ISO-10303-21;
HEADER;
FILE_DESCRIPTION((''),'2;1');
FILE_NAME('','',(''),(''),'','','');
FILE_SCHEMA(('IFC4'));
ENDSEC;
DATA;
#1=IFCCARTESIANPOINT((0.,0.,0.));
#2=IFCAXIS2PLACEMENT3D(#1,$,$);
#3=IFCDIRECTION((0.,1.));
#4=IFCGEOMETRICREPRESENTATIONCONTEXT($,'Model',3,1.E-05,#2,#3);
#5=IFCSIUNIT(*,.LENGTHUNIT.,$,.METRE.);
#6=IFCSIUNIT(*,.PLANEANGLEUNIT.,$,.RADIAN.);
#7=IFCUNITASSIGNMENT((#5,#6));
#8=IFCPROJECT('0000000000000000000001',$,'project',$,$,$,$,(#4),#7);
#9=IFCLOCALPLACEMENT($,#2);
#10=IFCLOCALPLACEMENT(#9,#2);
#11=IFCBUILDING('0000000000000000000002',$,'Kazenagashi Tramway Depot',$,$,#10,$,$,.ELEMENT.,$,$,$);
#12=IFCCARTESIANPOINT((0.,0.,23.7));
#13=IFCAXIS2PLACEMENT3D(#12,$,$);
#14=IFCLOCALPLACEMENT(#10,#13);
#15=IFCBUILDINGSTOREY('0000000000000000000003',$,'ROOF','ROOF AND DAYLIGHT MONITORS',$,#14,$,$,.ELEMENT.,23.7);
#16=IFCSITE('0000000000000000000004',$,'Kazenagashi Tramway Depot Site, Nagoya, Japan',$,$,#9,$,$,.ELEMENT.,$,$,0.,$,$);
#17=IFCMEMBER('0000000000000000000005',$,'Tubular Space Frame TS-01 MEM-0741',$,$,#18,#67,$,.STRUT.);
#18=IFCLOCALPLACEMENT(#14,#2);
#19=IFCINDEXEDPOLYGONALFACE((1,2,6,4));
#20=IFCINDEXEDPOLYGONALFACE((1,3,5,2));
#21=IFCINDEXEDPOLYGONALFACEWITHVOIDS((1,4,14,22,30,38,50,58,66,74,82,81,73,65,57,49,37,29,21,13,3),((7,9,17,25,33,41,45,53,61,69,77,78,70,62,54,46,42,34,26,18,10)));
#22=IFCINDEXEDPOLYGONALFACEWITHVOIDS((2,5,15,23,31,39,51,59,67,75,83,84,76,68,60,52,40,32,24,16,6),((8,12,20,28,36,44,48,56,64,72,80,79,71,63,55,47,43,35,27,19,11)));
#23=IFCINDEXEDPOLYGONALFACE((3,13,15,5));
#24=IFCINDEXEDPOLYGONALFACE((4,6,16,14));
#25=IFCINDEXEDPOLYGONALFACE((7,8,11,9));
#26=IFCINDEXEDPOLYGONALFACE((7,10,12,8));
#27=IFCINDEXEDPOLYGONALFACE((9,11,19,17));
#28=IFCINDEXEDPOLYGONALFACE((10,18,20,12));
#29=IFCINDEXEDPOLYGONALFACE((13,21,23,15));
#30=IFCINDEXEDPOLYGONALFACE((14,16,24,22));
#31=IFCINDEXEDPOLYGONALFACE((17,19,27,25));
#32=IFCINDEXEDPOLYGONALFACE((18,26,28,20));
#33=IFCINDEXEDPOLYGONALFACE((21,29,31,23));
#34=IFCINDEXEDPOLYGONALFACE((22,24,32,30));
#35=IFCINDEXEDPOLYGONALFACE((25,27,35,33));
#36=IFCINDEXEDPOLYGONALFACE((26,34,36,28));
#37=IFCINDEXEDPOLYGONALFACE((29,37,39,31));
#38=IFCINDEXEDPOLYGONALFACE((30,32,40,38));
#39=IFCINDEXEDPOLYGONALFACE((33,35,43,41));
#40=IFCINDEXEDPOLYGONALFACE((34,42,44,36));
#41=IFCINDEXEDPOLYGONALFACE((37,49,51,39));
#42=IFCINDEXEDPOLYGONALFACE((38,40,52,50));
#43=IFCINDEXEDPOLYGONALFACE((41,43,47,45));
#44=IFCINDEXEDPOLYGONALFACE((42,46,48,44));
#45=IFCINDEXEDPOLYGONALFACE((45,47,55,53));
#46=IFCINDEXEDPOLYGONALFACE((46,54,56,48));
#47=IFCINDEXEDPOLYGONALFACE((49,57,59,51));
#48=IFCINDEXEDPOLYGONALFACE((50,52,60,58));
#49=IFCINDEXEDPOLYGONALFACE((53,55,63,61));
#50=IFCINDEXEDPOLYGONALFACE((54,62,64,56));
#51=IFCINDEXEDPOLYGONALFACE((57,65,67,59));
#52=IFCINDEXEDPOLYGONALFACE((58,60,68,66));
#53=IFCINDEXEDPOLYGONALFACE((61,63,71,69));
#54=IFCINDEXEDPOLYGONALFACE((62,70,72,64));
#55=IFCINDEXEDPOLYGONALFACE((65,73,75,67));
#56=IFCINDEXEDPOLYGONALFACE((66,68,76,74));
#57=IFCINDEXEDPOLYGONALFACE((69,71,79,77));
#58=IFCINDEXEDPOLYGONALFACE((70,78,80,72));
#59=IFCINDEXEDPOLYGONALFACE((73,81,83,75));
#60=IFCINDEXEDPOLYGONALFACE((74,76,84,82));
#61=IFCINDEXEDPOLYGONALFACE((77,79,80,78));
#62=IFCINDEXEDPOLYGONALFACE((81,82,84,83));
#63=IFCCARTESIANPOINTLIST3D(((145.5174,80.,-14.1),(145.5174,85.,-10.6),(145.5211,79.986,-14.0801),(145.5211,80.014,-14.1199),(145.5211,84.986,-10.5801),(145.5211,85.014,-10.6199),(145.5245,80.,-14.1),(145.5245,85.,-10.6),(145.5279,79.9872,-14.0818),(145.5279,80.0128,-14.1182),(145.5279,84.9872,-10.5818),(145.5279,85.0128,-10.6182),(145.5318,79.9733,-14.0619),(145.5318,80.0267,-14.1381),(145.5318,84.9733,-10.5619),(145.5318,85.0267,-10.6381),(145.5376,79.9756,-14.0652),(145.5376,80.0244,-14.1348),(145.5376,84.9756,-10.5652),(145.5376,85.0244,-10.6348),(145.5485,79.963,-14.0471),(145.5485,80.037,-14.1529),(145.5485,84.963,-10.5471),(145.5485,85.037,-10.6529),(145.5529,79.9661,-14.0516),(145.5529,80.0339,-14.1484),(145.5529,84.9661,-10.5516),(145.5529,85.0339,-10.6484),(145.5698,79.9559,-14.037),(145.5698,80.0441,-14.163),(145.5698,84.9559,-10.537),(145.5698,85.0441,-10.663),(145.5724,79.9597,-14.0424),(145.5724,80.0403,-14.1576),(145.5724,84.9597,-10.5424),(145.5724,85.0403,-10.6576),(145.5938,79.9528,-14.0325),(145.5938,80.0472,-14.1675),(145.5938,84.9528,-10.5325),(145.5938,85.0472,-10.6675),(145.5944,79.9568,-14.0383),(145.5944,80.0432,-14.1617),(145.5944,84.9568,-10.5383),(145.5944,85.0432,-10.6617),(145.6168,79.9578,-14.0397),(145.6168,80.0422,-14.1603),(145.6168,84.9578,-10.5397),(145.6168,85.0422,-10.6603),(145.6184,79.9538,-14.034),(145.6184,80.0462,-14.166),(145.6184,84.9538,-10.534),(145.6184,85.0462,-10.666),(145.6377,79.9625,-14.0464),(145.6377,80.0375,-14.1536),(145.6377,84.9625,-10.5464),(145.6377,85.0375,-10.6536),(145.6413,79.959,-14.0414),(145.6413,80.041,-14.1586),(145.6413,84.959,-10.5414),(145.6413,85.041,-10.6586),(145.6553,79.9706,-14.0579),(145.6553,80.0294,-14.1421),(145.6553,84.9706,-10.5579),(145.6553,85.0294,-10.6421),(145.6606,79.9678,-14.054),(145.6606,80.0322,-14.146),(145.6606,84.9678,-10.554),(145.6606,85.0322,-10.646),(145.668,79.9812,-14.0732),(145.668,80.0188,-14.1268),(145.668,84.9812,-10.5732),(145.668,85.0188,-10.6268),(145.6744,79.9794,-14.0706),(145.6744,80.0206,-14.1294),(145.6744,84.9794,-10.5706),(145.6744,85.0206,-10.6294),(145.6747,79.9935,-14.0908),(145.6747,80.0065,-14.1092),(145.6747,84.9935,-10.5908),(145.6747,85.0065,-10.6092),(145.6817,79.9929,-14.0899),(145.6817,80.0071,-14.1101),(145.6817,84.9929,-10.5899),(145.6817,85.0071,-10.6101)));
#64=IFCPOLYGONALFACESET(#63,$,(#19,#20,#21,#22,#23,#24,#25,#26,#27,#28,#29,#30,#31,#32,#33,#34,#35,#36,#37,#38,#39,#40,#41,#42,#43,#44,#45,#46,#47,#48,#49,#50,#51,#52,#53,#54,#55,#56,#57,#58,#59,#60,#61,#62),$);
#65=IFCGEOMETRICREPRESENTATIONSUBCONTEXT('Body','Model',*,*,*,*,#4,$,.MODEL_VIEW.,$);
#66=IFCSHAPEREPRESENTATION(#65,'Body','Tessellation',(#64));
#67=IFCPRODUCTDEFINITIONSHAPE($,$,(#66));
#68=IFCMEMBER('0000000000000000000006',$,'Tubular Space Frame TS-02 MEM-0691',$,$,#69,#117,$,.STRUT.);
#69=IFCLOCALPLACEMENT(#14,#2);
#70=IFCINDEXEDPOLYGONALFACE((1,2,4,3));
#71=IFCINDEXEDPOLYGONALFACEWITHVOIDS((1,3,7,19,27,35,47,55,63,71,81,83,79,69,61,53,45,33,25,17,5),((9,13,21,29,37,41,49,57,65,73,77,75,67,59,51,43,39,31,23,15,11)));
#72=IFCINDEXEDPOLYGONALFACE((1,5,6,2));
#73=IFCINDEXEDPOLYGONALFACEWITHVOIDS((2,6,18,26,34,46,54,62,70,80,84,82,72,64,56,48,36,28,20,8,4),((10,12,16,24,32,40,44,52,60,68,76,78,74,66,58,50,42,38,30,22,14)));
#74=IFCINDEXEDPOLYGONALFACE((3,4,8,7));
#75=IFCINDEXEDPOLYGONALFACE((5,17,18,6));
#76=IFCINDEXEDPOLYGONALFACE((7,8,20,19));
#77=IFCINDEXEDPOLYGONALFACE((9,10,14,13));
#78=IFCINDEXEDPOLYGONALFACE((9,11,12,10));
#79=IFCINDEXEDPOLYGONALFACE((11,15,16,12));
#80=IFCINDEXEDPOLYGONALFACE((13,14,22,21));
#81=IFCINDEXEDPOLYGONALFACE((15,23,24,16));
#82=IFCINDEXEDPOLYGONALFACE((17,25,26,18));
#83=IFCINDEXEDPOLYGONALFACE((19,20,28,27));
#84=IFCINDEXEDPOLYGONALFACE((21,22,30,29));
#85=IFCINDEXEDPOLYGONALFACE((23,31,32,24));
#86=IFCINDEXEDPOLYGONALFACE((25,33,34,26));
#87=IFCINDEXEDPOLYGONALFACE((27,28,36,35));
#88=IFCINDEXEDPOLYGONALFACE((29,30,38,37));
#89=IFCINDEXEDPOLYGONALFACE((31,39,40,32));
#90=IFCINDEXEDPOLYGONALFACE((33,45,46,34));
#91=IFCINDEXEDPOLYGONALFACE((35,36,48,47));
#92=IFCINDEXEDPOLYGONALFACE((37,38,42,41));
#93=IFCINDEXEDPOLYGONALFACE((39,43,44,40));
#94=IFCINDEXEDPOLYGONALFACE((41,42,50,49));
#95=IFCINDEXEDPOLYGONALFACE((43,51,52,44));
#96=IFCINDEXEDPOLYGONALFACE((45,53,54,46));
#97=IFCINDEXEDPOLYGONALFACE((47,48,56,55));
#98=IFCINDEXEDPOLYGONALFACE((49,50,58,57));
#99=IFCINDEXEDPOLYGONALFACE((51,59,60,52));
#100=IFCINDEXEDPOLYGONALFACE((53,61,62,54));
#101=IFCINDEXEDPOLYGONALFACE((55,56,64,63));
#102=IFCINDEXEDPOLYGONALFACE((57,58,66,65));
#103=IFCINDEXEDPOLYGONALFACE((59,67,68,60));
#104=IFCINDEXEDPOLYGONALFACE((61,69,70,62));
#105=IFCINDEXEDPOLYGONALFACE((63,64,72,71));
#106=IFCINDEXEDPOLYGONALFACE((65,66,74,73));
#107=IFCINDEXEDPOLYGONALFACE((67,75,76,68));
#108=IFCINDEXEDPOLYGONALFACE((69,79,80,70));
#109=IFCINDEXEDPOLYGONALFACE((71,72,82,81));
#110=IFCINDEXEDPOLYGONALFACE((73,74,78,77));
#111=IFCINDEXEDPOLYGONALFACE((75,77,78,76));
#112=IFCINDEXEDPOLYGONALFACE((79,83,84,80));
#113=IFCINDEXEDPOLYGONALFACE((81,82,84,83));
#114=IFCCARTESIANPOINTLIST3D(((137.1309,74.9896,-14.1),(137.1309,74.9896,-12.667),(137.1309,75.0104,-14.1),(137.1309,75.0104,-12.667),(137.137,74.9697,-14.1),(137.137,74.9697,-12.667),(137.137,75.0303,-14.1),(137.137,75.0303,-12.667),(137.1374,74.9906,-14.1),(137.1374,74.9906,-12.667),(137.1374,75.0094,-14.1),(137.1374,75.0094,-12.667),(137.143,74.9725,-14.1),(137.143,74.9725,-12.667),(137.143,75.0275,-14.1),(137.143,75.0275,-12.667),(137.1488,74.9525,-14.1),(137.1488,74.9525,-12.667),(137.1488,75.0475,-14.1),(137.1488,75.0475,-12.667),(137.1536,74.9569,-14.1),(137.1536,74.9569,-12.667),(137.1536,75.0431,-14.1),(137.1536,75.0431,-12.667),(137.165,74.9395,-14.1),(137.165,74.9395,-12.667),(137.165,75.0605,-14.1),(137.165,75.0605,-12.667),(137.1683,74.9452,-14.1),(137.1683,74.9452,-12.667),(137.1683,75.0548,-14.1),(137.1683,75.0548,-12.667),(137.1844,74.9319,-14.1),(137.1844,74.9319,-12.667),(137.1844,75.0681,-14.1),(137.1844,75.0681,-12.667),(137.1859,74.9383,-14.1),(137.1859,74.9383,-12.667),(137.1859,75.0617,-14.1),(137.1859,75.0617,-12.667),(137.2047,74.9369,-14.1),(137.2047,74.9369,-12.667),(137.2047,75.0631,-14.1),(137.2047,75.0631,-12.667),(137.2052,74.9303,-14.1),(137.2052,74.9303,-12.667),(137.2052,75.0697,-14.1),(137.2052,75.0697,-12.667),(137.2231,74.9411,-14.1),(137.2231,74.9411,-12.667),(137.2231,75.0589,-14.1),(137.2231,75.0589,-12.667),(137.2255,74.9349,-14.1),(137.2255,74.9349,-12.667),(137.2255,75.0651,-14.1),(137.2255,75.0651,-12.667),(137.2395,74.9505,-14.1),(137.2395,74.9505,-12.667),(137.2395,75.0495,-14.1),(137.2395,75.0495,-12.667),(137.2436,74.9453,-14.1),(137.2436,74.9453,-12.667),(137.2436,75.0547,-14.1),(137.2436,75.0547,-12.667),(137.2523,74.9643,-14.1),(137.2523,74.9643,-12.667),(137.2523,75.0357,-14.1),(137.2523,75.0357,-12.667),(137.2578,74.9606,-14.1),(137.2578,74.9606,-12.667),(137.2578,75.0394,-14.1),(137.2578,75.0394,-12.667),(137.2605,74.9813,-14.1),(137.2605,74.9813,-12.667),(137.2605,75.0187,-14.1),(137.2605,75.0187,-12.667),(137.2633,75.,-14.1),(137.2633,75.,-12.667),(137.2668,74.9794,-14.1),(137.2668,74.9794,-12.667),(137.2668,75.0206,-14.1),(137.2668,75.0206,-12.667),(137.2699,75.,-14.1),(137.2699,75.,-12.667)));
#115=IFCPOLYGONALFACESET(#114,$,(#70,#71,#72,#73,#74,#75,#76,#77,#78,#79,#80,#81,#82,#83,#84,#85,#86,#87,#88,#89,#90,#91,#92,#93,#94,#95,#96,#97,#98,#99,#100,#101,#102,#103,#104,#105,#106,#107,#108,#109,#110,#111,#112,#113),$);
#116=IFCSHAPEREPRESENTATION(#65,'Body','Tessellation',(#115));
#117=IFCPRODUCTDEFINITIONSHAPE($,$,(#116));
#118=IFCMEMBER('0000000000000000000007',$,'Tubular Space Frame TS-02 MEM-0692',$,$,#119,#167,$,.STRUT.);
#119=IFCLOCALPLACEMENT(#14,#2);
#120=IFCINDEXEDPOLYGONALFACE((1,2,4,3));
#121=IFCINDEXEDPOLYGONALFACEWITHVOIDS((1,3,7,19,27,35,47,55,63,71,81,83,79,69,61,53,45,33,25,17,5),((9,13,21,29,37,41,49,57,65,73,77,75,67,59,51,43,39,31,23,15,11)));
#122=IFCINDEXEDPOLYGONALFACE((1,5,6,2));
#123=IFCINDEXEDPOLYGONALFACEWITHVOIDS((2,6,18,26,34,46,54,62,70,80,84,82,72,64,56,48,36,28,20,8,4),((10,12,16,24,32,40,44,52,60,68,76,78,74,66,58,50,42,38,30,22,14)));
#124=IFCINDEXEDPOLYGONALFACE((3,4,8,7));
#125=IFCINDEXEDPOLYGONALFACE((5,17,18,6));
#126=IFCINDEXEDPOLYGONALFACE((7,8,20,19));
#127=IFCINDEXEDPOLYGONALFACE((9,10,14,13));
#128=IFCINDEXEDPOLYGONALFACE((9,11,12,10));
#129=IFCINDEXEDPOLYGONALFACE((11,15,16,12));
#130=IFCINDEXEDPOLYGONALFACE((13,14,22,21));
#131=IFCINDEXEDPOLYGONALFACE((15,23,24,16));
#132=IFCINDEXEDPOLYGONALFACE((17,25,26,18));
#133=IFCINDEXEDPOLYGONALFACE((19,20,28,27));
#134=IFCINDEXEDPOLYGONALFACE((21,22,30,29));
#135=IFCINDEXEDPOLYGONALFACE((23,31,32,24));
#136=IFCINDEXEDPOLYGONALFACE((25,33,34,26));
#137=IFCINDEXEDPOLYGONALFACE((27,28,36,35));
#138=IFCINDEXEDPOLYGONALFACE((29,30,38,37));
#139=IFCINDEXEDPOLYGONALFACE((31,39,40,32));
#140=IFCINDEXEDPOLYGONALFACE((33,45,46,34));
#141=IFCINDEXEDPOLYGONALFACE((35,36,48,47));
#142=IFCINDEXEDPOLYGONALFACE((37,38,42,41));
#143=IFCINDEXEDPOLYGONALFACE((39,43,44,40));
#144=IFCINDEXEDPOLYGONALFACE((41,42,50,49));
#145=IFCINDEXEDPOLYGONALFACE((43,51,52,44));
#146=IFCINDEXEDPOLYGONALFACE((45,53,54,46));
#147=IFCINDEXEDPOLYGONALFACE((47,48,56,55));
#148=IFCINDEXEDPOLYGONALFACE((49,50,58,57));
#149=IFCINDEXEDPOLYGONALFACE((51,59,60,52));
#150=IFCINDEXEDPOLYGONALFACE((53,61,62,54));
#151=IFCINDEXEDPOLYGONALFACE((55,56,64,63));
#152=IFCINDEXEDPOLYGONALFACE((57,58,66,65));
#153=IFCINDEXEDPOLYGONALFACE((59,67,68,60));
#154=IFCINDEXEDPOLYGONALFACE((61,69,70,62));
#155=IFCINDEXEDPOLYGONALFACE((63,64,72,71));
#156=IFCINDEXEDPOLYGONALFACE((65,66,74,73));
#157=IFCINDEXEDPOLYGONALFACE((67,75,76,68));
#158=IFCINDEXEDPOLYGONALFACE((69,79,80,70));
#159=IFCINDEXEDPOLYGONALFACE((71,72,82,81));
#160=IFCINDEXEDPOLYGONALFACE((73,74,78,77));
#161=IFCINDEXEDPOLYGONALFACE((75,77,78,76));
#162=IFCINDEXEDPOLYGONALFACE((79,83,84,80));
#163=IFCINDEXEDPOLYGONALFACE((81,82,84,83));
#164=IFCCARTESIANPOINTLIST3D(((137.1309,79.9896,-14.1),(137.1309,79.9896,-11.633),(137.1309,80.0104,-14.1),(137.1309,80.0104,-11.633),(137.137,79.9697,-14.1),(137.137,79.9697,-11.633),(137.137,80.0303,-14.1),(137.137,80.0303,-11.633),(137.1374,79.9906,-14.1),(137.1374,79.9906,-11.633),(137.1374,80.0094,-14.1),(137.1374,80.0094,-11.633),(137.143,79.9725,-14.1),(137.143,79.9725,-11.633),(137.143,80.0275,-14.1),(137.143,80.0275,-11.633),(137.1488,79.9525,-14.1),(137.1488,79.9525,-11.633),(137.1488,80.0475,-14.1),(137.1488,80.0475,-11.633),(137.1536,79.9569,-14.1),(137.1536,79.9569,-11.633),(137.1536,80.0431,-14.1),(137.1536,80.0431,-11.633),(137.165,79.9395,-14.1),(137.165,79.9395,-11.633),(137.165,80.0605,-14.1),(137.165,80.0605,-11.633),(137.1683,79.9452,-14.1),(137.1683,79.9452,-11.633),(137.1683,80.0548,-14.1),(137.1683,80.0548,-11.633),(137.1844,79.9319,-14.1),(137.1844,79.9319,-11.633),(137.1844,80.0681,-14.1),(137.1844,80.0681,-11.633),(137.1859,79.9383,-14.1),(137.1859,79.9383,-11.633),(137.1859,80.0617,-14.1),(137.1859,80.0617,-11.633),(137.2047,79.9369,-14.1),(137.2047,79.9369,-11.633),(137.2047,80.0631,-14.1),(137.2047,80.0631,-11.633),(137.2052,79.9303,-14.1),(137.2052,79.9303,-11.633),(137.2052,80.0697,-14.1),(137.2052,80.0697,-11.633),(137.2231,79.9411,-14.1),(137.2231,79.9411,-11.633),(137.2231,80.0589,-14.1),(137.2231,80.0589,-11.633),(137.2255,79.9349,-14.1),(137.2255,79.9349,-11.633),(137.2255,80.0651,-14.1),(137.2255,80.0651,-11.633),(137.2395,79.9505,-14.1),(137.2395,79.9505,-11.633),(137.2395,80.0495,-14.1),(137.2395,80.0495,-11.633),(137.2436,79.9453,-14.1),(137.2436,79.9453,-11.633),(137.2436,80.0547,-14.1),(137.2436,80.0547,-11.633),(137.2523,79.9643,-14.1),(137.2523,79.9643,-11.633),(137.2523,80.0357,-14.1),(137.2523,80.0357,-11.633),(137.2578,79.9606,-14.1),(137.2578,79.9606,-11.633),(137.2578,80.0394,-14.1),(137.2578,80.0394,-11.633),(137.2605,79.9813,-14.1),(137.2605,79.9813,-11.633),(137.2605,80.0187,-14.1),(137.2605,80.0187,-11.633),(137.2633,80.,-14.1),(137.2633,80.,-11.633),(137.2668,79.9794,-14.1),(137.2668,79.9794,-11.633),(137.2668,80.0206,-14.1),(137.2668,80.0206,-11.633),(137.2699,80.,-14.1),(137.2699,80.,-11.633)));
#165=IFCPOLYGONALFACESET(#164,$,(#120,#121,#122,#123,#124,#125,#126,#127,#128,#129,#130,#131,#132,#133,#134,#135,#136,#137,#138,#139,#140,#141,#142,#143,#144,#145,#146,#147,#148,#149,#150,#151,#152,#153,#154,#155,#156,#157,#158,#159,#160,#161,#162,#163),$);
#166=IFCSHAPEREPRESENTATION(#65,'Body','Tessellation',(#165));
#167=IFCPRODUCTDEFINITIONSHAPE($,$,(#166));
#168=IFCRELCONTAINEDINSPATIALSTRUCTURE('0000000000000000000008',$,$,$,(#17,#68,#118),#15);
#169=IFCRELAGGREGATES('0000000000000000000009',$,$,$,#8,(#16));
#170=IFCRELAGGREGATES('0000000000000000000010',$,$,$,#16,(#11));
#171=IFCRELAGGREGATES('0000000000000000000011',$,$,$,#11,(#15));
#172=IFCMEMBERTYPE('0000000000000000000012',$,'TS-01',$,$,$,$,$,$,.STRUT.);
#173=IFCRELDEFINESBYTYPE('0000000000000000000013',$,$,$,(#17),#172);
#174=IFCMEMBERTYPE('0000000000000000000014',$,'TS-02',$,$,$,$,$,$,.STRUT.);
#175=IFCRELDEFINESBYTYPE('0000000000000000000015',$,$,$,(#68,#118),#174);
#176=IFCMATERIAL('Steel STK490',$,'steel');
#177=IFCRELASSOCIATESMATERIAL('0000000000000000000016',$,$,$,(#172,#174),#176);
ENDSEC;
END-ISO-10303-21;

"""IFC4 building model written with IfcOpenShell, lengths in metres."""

from ifc_helpers import new_model, si_unit, direction, frame, origin, origin_2d, place, context, subcontext, project, spatial, hollow_circle, extrude, material, material_profile, profile_set, type_object, element, save


model = new_model("IFC4")

# Units and contexts
model_context = context("Model", 3, precision=1e-05, world=origin(), true_north=direction((0.0, 1.0)))
body_context = subcontext(model_context, "Body", "Model", "MODEL_VIEW")
ifc_project = project(units=[si_unit("LENGTHUNIT", "METRE"), si_unit("PLANEANGLEUNIT", "RADIAN")], contexts=[model_context])

# Site, building, storey
site_placement = place(None, origin())
site = spatial("IfcSite", under=ifc_project, at=site_placement, Name="Kazenagashi Tramway Depot Site, Nagoya, Japan", CompositionType="ELEMENT", RefElevation=0.0)
building_placement = place(site_placement, origin())
building = spatial("IfcBuilding", under=site, at=building_placement, Name="Kazenagashi Tramway Depot", CompositionType="ELEMENT")
storey_placement = place(building_placement, frame((0.0, 0.0, 23.7)))
storey = spatial("IfcBuildingStorey", under=building, at=storey_placement, Name="ROOF", Description="ROOF AND DAYLIGHT MONITORS", CompositionType="ELEMENT", Elevation=23.7)

# Members
ifc_material_1 = material(Name="Steel STK490", Category="steel")
ifc_material_profile_1 = material_profile(ifc_material_1, hollow_circle(Radius=0.0826, WallThickness=0.0071, at=origin_2d()), Name="CHS-165.2x7.1")
ifc_profile_set_1 = profile_set([ifc_material_profile_1], Name="Steel STK490")
member_type_1 = type_object("IfcMemberType", Name="TS-01", PredefinedType="STRUT", material=ifc_profile_set_1)
member_1_placement = place(storey_placement, frame((145.6, 80.0, -14.1), z_axis=(0.0, 0.819232, 0.573462), x_axis=(-1.0, 0.0, 0.0)))
element("IfcMember", 1, at=member_1_placement, inside=storey, type_object=member_type_1, Name="Tubular Space Frame TS-01 MEM-0741", PredefinedType="STRUT", context=body_context, shape_type="SweptSolid", body=[
    extrude(hollow_circle(Radius=0.0826, WallThickness=0.0071, at=origin_2d()), origin(), (0.0, 0.0, 1.0), 6.1033),
])
ifc_material_profile_2 = material_profile(ifc_material_1, hollow_circle(Radius=0.0699, WallThickness=0.0066, at=origin_2d()), Name="CHS-139.8x6.6")
ifc_profile_set_2 = profile_set([ifc_material_profile_2], Name="Steel STK490")
member_type_2 = type_object("IfcMemberType", Name="TS-02", PredefinedType="STRUT", material=ifc_profile_set_2)
member_2_placement = place(storey_placement, frame((137.2, 75.0, -14.1), z_axis=(0.0, 0.0, 1.0), x_axis=(1.0, 0.0, 0.0)))
element("IfcMember", 2, at=member_2_placement, inside=storey, type_object=member_type_2, Name="Tubular Space Frame TS-02 MEM-0691", PredefinedType="STRUT", context=body_context, shape_type="SweptSolid", body=[
    extrude(hollow_circle(Radius=0.0699, WallThickness=0.0066, at=origin_2d()), origin(), (0.0, 0.0, 1.0), 1.433),
])
member_3_placement = place(storey_placement, frame((137.2, 80.0, -14.1), z_axis=(0.0, 0.0, 1.0), x_axis=(1.0, 0.0, 0.0)))
element("IfcMember", 3, at=member_3_placement, inside=storey, type_object=member_type_2, Name="Tubular Space Frame TS-02 MEM-0692", PredefinedType="STRUT", context=body_context, shape_type="SweptSolid", body=[
    extrude(hollow_circle(Radius=0.0699, WallThickness=0.0066, at=origin_2d()), origin(), (0.0, 0.0, 1.0), 2.467),
])

save(model, "model.ifc")
